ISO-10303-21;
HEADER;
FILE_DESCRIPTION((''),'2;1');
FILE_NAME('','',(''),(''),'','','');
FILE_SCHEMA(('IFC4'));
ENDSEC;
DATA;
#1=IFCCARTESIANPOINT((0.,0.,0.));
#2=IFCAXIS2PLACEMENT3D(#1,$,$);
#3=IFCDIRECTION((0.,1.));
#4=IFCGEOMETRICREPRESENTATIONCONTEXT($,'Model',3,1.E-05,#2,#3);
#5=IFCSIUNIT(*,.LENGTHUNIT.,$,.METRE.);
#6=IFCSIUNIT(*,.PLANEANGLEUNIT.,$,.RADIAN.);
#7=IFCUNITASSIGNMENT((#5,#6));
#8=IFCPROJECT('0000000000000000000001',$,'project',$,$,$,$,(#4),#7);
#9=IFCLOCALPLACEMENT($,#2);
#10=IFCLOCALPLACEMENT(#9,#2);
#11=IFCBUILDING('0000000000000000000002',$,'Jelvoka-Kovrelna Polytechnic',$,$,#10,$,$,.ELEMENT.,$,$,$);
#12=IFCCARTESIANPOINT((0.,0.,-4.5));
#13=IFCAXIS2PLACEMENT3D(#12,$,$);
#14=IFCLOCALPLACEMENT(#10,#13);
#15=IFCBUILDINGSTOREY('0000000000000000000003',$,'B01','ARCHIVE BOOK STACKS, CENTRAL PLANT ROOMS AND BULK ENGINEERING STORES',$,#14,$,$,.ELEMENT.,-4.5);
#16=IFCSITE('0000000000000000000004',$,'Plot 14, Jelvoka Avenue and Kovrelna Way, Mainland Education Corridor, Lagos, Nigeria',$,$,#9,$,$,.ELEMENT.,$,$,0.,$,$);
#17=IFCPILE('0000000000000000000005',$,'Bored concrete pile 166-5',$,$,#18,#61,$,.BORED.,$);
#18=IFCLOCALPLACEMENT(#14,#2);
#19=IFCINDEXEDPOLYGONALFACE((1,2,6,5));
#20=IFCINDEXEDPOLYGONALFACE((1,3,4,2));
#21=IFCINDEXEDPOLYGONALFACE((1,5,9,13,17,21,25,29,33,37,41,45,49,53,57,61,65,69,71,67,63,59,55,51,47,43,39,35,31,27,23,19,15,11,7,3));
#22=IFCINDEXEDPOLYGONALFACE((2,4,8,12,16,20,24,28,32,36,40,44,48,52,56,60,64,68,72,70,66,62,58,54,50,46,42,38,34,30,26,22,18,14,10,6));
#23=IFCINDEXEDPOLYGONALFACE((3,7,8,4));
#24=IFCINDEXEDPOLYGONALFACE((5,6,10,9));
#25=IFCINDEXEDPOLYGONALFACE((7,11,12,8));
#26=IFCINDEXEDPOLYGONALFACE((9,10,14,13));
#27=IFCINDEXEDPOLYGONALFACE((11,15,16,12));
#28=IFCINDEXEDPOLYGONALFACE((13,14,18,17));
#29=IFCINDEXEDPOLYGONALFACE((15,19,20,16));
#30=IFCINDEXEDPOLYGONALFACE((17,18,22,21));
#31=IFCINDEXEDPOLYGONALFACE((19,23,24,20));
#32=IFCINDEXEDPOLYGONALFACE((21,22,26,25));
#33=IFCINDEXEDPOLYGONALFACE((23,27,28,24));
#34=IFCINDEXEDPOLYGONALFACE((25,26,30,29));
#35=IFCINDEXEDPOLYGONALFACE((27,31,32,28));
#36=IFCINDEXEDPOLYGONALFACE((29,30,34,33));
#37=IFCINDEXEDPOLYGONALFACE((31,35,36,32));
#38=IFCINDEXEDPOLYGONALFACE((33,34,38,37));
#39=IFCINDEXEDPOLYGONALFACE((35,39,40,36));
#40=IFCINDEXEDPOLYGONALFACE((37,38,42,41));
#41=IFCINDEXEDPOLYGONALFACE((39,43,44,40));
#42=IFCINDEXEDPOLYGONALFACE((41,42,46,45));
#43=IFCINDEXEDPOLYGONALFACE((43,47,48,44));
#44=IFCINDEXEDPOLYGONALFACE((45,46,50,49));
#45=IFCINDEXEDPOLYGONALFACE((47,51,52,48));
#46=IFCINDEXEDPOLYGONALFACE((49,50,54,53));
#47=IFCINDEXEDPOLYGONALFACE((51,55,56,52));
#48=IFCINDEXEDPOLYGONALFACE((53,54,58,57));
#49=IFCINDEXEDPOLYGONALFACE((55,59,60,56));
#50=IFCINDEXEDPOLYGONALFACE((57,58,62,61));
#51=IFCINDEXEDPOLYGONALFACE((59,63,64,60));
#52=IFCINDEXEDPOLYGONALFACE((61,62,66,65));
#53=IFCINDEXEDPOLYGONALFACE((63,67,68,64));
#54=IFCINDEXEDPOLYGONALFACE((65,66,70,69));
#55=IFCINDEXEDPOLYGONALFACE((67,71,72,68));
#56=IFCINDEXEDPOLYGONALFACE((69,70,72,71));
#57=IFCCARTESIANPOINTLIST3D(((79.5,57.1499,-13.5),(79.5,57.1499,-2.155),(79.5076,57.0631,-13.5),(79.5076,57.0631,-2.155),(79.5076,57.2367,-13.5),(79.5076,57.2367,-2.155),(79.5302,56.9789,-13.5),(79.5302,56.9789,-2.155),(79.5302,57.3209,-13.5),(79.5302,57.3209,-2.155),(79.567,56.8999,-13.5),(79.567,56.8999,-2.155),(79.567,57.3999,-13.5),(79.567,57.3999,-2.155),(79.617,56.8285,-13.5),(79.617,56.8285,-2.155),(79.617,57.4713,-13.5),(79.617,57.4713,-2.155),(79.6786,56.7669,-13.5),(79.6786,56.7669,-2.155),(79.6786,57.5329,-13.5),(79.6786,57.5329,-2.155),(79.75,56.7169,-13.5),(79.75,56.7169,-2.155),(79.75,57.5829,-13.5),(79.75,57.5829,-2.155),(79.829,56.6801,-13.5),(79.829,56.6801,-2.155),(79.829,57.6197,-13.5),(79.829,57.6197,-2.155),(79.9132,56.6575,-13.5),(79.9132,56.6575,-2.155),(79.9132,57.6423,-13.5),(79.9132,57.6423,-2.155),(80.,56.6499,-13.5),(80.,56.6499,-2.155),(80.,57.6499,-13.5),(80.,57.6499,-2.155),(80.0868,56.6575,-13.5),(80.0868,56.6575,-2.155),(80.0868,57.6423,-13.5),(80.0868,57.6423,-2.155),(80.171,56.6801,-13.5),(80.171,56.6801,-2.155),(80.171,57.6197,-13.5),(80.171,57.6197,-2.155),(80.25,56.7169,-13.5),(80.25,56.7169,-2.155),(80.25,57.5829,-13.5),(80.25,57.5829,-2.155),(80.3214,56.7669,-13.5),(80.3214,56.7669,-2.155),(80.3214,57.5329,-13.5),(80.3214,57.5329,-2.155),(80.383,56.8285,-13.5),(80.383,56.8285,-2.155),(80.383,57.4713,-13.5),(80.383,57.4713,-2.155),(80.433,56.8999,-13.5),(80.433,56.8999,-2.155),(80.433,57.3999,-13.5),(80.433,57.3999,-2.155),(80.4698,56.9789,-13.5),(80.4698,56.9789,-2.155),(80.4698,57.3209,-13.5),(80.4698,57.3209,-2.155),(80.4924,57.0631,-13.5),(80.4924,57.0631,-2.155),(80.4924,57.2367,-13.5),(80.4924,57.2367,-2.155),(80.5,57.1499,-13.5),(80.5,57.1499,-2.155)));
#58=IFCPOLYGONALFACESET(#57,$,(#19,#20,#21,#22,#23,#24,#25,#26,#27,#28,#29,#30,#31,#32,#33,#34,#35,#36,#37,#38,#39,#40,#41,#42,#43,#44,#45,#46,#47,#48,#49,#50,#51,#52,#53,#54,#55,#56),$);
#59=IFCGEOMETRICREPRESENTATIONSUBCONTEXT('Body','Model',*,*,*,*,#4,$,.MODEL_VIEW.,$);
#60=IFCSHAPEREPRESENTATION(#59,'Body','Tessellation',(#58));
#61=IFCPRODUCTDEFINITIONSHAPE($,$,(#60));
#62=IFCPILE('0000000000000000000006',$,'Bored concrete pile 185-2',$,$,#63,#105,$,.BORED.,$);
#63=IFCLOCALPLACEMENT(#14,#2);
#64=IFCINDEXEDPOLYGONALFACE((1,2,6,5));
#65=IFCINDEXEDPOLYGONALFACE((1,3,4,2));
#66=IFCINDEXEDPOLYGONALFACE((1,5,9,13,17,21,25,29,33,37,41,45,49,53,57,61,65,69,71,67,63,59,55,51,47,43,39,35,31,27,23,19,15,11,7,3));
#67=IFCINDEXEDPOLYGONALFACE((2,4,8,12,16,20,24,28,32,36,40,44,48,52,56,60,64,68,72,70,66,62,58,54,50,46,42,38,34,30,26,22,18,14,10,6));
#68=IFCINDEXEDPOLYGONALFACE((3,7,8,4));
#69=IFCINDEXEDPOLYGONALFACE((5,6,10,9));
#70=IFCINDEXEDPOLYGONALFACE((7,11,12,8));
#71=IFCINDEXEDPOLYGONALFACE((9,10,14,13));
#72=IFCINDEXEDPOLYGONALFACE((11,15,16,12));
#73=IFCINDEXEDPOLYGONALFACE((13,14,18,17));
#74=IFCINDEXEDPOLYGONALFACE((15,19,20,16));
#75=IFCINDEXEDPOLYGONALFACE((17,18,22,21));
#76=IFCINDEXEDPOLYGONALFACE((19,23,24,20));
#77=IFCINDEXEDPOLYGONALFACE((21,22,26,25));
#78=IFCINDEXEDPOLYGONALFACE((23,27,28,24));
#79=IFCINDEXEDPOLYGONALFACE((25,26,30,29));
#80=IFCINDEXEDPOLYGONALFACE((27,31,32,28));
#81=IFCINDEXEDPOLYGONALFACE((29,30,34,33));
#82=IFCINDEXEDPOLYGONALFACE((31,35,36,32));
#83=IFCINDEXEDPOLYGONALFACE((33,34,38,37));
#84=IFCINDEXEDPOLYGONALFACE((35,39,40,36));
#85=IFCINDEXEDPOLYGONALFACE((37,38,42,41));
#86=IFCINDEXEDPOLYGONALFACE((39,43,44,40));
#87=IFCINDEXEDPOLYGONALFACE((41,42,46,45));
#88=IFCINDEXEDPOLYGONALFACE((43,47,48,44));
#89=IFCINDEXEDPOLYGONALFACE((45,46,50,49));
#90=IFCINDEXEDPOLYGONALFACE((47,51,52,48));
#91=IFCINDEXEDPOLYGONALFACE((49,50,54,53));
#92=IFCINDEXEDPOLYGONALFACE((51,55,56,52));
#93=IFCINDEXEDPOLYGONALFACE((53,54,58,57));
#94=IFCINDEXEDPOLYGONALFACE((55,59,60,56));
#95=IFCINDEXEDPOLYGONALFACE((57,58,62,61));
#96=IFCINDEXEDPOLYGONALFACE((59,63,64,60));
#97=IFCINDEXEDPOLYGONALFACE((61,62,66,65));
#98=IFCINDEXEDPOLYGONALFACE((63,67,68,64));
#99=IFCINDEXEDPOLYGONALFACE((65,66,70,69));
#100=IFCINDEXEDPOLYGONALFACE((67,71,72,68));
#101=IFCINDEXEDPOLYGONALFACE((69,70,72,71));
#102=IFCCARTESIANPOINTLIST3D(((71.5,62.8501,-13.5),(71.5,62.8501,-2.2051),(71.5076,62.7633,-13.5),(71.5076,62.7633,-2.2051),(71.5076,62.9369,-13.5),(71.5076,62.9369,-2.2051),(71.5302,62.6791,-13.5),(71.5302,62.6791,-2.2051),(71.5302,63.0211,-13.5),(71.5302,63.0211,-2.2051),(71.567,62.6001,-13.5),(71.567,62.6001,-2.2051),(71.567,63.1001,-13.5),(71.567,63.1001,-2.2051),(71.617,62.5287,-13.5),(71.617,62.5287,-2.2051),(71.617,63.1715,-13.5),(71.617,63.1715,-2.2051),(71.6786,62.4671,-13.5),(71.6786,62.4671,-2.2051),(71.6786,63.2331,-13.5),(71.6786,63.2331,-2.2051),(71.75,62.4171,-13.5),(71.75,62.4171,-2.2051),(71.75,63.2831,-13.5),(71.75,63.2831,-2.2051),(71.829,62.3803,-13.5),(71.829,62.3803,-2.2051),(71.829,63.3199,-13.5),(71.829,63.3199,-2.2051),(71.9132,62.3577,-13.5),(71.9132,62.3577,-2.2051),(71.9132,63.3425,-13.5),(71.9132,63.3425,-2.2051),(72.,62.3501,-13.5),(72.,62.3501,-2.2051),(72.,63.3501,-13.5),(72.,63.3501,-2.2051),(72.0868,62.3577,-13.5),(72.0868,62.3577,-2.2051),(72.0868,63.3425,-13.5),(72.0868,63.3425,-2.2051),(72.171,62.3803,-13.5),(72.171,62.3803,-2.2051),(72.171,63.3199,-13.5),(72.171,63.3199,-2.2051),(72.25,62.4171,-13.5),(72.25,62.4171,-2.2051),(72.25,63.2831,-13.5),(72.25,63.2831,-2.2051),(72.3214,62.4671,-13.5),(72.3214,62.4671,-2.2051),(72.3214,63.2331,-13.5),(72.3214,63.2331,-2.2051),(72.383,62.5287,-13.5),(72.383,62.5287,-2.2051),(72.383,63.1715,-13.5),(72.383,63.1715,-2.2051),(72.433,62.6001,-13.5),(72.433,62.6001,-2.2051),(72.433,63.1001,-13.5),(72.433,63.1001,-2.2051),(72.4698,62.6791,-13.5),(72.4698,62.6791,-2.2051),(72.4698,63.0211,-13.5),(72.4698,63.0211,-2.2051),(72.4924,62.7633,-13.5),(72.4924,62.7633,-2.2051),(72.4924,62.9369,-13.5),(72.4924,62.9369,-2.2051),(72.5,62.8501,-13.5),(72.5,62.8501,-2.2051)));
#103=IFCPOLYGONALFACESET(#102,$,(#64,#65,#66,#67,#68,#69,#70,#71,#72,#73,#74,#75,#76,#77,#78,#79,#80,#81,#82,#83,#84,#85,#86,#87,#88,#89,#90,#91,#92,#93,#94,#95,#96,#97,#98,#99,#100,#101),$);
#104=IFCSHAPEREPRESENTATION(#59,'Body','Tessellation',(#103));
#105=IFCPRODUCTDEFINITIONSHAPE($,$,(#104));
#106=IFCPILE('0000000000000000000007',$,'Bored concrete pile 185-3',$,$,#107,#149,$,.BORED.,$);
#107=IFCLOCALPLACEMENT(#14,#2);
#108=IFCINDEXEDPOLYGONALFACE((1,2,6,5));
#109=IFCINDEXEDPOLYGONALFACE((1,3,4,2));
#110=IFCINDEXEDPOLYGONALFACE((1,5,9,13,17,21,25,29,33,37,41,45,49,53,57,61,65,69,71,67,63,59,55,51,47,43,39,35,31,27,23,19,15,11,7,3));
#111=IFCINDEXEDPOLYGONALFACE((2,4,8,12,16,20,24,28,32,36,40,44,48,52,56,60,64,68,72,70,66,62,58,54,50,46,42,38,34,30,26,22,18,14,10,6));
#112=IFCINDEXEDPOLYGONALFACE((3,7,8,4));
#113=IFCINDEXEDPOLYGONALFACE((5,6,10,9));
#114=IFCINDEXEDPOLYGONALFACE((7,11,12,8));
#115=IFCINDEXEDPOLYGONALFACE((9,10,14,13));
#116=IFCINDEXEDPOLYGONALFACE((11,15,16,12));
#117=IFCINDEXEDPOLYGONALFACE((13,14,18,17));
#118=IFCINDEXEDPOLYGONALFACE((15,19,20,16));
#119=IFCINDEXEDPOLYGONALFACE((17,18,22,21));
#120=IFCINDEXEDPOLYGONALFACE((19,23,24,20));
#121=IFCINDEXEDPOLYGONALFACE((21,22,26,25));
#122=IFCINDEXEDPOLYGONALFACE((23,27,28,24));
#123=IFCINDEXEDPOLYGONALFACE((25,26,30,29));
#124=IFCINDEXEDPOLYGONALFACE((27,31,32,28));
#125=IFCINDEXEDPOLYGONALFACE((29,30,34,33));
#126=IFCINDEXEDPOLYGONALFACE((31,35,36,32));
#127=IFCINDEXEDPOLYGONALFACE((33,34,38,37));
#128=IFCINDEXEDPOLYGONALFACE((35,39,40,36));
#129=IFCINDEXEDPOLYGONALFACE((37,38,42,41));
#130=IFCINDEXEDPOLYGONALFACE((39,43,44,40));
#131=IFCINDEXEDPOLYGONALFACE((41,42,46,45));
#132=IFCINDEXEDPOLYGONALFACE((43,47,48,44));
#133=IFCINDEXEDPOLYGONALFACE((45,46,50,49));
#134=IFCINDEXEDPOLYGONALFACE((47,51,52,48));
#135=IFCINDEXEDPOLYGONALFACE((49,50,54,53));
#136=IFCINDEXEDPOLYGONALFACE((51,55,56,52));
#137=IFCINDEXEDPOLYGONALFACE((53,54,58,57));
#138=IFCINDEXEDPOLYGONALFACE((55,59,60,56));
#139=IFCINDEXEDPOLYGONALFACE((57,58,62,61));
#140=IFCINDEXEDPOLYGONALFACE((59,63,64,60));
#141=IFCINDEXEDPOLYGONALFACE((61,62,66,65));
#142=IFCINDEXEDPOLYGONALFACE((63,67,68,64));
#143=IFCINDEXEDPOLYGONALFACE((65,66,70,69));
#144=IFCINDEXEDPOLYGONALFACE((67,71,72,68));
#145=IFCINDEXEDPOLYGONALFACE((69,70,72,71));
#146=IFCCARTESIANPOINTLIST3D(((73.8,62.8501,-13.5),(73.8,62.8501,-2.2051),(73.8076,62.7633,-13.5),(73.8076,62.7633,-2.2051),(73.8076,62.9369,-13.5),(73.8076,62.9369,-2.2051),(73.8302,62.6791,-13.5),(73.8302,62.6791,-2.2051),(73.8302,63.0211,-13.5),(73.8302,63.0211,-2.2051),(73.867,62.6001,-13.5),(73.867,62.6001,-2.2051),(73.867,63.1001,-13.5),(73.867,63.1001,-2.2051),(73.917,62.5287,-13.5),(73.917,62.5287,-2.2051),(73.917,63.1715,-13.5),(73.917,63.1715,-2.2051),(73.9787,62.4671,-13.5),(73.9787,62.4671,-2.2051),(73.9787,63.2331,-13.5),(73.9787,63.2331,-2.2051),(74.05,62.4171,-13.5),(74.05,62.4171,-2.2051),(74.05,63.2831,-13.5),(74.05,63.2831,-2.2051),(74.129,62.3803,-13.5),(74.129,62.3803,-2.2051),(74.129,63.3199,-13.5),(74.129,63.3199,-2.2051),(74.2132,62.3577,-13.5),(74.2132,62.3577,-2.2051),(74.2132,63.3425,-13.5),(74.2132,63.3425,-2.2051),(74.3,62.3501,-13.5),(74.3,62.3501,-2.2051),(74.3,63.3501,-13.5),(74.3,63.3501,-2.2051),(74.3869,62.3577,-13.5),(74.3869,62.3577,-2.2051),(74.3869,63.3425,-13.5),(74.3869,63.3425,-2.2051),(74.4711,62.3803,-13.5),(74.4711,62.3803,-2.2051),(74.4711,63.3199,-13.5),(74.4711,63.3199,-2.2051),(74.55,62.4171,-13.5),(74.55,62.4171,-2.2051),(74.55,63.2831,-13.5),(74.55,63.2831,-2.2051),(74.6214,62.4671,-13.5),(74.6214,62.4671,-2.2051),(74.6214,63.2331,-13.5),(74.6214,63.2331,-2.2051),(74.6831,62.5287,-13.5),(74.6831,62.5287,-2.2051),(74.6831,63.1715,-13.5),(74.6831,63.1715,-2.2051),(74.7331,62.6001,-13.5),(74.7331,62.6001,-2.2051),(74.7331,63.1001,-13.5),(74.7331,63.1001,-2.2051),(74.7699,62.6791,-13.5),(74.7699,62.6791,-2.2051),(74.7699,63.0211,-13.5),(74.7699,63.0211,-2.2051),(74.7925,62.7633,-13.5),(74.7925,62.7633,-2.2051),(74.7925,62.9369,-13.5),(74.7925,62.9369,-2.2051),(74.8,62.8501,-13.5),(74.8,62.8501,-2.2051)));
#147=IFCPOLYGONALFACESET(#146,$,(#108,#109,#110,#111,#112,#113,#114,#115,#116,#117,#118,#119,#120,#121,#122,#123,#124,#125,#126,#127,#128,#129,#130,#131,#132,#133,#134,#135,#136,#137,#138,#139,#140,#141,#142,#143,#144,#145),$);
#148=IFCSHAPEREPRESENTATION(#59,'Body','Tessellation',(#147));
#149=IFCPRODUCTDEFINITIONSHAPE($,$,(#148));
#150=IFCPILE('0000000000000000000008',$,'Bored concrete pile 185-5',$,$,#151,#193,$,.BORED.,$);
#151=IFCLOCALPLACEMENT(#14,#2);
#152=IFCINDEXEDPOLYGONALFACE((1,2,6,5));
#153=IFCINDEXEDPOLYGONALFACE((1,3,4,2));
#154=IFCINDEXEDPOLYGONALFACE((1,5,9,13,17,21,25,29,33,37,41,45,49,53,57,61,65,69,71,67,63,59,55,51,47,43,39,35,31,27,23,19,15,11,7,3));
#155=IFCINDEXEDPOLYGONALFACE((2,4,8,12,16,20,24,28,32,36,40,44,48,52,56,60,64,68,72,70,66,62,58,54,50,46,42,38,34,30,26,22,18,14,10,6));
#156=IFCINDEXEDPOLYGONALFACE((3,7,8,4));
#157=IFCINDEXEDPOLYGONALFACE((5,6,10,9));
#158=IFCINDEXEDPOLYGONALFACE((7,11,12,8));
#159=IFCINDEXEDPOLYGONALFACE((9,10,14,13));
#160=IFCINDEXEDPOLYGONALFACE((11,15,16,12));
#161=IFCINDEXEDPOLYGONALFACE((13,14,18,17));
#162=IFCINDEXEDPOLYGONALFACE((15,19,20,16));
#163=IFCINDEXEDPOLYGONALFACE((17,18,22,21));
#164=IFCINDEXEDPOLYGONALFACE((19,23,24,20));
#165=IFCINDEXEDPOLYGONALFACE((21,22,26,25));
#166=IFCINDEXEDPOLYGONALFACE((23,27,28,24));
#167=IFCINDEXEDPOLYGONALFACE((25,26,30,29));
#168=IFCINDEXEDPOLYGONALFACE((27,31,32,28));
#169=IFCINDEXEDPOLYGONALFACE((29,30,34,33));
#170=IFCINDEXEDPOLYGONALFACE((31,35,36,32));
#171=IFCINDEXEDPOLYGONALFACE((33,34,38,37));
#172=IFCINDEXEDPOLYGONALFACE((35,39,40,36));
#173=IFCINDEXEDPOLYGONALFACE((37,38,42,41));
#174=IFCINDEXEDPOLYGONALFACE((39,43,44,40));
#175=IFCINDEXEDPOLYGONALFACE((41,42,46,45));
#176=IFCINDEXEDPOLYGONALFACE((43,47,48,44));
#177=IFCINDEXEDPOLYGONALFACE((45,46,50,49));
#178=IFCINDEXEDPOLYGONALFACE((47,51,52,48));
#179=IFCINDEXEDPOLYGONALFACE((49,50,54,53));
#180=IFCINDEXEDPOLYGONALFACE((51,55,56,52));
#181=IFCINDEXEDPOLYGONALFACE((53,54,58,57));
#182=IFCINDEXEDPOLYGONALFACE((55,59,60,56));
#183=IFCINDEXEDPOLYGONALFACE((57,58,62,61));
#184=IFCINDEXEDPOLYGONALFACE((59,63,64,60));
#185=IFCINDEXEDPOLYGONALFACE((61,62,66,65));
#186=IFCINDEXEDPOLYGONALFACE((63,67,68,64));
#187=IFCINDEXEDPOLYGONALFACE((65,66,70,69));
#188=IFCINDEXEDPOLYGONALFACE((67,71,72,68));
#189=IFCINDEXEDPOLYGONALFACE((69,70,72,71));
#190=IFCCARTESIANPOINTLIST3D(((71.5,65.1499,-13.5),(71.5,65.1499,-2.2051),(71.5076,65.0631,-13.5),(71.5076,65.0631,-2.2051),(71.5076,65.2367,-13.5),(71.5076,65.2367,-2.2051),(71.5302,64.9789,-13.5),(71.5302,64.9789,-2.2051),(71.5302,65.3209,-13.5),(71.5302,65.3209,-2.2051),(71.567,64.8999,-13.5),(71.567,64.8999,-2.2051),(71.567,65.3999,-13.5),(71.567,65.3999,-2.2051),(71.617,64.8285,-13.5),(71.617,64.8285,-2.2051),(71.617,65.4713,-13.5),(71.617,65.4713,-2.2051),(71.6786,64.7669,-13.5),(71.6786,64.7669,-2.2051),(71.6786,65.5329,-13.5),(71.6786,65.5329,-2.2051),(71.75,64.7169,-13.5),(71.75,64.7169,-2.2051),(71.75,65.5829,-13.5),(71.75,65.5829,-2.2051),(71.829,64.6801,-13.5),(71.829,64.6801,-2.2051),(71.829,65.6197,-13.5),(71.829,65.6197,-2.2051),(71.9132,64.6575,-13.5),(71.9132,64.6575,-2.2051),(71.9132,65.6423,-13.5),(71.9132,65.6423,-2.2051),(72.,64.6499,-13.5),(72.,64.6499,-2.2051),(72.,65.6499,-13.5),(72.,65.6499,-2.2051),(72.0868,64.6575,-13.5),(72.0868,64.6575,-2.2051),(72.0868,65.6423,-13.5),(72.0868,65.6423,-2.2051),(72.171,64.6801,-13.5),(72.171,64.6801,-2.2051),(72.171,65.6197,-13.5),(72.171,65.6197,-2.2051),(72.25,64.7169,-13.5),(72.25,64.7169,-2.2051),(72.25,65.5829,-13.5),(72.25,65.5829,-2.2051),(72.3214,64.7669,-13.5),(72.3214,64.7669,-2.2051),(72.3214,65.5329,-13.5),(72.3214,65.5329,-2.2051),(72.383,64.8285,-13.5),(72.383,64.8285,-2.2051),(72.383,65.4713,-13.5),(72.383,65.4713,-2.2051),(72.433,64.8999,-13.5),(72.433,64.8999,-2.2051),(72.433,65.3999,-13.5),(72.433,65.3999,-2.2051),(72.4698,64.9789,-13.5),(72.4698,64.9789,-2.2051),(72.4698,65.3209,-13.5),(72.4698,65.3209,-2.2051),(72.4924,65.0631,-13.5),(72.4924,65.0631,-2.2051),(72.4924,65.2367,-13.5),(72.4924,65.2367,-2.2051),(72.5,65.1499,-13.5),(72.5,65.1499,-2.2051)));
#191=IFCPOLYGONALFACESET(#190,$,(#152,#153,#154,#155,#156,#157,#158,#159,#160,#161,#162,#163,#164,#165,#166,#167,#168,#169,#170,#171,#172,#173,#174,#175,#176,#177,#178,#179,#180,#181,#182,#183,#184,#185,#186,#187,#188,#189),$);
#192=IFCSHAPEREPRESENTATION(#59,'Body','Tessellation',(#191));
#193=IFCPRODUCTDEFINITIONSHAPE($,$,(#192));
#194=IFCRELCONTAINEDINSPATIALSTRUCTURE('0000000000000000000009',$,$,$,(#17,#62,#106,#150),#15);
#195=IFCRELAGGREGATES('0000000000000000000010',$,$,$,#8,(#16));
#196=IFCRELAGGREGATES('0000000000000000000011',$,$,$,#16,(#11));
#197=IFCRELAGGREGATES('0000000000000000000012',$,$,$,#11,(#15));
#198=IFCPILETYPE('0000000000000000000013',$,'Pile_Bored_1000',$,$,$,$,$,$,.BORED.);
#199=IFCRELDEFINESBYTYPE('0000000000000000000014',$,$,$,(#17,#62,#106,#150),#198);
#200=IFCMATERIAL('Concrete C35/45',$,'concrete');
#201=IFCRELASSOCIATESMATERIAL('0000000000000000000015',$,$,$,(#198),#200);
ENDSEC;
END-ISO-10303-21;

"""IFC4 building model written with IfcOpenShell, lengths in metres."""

from ifc_helpers import new_model, si_unit, direction, frame, origin, origin_2d, place, context, subcontext, project, spatial, circle, extrude, material, material_profile, profile_set, type_object, element, save


model = new_model("IFC4")

# Units and contexts
model_context = context("Model", 3, precision=1e-05, world=origin(), true_north=direction((0.0, 1.0)))
body_context = subcontext(model_context, "Body", "Model", "MODEL_VIEW")
ifc_project = project(units=[si_unit("LENGTHUNIT", "METRE"), si_unit("PLANEANGLEUNIT", "RADIAN")], contexts=[model_context])

# Site, building, storey
site_placement = place(None, origin())
site = spatial("IfcSite", under=ifc_project, at=site_placement, Name="Plot 14, Jelvoka Avenue and Kovrelna Way, Mainland Education Corridor, Lagos, Nigeria", CompositionType="ELEMENT", RefElevation=0.0)
building_placement = place(site_placement, origin())
building = spatial("IfcBuilding", under=site, at=building_placement, Name="Jelvoka-Kovrelna Polytechnic", CompositionType="ELEMENT")
storey_placement = place(building_placement, frame((0.0, 0.0, -4.5)))
storey = spatial("IfcBuildingStorey", under=building, at=storey_placement, Name="B01", Description="ARCHIVE BOOK STACKS, CENTRAL PLANT ROOMS AND BULK ENGINEERING STORES", CompositionType="ELEMENT", Elevation=-4.5)

# Piles
ifc_material_1 = material(Name="Concrete C35/45", Category="concrete")
ifc_material_profile_1 = material_profile(ifc_material_1, circle(Radius=0.5, at=origin_2d()), Name="PILE D1000")
ifc_profile_set_1 = profile_set([ifc_material_profile_1], Name="Concrete C35/45")
pile_type = type_object("IfcPileType", Name="Pile_Bored_1000", PredefinedType="BORED", material=ifc_profile_set_1)
for number, where, z_axis, x_axis, name in (
    (1, (80.0, 57.1499, -2.155), (0.0, 0.0, -1.0), (1.0, 0.0, 0.0), "Bored concrete pile 166-5"),
):
    element("IfcPile", number, at=place(storey_placement, frame(where, z_axis=z_axis, x_axis=x_axis)), inside=storey, type_object=pile_type, Name=name, PredefinedType="BORED", context=body_context, shape_type="SweptSolid", body=[
        extrude(circle(Radius=0.5, at=origin_2d()), origin(), (0.0, 0.0, 1.0), 11.345),
    ])
for number, where, z_axis, x_axis, name in (
    (2, (72.0, 62.8501, -2.2051), (0.0, 0.0, -1.0), (1.0, 0.0, 0.0), "Bored concrete pile 185-2"),
    (3, (74.3, 62.8501, -2.2051), (0.0, 0.0, -1.0), (1.0, 0.0, 0.0), "Bored concrete pile 185-3"),
    (4, (72.0, 65.1499, -2.2051), (0.0, 0.0, -1.0), (1.0, 0.0, 0.0), "Bored concrete pile 185-5"),
):
    element("IfcPile", number, at=place(storey_placement, frame(where, z_axis=z_axis, x_axis=x_axis)), inside=storey, type_object=pile_type, Name=name, PredefinedType="BORED", context=body_context, shape_type="SweptSolid", body=[
        extrude(circle(Radius=0.5, at=origin_2d()), origin(), (0.0, 0.0, 1.0), 11.2949),
    ])

save(model, "model.ifc")
